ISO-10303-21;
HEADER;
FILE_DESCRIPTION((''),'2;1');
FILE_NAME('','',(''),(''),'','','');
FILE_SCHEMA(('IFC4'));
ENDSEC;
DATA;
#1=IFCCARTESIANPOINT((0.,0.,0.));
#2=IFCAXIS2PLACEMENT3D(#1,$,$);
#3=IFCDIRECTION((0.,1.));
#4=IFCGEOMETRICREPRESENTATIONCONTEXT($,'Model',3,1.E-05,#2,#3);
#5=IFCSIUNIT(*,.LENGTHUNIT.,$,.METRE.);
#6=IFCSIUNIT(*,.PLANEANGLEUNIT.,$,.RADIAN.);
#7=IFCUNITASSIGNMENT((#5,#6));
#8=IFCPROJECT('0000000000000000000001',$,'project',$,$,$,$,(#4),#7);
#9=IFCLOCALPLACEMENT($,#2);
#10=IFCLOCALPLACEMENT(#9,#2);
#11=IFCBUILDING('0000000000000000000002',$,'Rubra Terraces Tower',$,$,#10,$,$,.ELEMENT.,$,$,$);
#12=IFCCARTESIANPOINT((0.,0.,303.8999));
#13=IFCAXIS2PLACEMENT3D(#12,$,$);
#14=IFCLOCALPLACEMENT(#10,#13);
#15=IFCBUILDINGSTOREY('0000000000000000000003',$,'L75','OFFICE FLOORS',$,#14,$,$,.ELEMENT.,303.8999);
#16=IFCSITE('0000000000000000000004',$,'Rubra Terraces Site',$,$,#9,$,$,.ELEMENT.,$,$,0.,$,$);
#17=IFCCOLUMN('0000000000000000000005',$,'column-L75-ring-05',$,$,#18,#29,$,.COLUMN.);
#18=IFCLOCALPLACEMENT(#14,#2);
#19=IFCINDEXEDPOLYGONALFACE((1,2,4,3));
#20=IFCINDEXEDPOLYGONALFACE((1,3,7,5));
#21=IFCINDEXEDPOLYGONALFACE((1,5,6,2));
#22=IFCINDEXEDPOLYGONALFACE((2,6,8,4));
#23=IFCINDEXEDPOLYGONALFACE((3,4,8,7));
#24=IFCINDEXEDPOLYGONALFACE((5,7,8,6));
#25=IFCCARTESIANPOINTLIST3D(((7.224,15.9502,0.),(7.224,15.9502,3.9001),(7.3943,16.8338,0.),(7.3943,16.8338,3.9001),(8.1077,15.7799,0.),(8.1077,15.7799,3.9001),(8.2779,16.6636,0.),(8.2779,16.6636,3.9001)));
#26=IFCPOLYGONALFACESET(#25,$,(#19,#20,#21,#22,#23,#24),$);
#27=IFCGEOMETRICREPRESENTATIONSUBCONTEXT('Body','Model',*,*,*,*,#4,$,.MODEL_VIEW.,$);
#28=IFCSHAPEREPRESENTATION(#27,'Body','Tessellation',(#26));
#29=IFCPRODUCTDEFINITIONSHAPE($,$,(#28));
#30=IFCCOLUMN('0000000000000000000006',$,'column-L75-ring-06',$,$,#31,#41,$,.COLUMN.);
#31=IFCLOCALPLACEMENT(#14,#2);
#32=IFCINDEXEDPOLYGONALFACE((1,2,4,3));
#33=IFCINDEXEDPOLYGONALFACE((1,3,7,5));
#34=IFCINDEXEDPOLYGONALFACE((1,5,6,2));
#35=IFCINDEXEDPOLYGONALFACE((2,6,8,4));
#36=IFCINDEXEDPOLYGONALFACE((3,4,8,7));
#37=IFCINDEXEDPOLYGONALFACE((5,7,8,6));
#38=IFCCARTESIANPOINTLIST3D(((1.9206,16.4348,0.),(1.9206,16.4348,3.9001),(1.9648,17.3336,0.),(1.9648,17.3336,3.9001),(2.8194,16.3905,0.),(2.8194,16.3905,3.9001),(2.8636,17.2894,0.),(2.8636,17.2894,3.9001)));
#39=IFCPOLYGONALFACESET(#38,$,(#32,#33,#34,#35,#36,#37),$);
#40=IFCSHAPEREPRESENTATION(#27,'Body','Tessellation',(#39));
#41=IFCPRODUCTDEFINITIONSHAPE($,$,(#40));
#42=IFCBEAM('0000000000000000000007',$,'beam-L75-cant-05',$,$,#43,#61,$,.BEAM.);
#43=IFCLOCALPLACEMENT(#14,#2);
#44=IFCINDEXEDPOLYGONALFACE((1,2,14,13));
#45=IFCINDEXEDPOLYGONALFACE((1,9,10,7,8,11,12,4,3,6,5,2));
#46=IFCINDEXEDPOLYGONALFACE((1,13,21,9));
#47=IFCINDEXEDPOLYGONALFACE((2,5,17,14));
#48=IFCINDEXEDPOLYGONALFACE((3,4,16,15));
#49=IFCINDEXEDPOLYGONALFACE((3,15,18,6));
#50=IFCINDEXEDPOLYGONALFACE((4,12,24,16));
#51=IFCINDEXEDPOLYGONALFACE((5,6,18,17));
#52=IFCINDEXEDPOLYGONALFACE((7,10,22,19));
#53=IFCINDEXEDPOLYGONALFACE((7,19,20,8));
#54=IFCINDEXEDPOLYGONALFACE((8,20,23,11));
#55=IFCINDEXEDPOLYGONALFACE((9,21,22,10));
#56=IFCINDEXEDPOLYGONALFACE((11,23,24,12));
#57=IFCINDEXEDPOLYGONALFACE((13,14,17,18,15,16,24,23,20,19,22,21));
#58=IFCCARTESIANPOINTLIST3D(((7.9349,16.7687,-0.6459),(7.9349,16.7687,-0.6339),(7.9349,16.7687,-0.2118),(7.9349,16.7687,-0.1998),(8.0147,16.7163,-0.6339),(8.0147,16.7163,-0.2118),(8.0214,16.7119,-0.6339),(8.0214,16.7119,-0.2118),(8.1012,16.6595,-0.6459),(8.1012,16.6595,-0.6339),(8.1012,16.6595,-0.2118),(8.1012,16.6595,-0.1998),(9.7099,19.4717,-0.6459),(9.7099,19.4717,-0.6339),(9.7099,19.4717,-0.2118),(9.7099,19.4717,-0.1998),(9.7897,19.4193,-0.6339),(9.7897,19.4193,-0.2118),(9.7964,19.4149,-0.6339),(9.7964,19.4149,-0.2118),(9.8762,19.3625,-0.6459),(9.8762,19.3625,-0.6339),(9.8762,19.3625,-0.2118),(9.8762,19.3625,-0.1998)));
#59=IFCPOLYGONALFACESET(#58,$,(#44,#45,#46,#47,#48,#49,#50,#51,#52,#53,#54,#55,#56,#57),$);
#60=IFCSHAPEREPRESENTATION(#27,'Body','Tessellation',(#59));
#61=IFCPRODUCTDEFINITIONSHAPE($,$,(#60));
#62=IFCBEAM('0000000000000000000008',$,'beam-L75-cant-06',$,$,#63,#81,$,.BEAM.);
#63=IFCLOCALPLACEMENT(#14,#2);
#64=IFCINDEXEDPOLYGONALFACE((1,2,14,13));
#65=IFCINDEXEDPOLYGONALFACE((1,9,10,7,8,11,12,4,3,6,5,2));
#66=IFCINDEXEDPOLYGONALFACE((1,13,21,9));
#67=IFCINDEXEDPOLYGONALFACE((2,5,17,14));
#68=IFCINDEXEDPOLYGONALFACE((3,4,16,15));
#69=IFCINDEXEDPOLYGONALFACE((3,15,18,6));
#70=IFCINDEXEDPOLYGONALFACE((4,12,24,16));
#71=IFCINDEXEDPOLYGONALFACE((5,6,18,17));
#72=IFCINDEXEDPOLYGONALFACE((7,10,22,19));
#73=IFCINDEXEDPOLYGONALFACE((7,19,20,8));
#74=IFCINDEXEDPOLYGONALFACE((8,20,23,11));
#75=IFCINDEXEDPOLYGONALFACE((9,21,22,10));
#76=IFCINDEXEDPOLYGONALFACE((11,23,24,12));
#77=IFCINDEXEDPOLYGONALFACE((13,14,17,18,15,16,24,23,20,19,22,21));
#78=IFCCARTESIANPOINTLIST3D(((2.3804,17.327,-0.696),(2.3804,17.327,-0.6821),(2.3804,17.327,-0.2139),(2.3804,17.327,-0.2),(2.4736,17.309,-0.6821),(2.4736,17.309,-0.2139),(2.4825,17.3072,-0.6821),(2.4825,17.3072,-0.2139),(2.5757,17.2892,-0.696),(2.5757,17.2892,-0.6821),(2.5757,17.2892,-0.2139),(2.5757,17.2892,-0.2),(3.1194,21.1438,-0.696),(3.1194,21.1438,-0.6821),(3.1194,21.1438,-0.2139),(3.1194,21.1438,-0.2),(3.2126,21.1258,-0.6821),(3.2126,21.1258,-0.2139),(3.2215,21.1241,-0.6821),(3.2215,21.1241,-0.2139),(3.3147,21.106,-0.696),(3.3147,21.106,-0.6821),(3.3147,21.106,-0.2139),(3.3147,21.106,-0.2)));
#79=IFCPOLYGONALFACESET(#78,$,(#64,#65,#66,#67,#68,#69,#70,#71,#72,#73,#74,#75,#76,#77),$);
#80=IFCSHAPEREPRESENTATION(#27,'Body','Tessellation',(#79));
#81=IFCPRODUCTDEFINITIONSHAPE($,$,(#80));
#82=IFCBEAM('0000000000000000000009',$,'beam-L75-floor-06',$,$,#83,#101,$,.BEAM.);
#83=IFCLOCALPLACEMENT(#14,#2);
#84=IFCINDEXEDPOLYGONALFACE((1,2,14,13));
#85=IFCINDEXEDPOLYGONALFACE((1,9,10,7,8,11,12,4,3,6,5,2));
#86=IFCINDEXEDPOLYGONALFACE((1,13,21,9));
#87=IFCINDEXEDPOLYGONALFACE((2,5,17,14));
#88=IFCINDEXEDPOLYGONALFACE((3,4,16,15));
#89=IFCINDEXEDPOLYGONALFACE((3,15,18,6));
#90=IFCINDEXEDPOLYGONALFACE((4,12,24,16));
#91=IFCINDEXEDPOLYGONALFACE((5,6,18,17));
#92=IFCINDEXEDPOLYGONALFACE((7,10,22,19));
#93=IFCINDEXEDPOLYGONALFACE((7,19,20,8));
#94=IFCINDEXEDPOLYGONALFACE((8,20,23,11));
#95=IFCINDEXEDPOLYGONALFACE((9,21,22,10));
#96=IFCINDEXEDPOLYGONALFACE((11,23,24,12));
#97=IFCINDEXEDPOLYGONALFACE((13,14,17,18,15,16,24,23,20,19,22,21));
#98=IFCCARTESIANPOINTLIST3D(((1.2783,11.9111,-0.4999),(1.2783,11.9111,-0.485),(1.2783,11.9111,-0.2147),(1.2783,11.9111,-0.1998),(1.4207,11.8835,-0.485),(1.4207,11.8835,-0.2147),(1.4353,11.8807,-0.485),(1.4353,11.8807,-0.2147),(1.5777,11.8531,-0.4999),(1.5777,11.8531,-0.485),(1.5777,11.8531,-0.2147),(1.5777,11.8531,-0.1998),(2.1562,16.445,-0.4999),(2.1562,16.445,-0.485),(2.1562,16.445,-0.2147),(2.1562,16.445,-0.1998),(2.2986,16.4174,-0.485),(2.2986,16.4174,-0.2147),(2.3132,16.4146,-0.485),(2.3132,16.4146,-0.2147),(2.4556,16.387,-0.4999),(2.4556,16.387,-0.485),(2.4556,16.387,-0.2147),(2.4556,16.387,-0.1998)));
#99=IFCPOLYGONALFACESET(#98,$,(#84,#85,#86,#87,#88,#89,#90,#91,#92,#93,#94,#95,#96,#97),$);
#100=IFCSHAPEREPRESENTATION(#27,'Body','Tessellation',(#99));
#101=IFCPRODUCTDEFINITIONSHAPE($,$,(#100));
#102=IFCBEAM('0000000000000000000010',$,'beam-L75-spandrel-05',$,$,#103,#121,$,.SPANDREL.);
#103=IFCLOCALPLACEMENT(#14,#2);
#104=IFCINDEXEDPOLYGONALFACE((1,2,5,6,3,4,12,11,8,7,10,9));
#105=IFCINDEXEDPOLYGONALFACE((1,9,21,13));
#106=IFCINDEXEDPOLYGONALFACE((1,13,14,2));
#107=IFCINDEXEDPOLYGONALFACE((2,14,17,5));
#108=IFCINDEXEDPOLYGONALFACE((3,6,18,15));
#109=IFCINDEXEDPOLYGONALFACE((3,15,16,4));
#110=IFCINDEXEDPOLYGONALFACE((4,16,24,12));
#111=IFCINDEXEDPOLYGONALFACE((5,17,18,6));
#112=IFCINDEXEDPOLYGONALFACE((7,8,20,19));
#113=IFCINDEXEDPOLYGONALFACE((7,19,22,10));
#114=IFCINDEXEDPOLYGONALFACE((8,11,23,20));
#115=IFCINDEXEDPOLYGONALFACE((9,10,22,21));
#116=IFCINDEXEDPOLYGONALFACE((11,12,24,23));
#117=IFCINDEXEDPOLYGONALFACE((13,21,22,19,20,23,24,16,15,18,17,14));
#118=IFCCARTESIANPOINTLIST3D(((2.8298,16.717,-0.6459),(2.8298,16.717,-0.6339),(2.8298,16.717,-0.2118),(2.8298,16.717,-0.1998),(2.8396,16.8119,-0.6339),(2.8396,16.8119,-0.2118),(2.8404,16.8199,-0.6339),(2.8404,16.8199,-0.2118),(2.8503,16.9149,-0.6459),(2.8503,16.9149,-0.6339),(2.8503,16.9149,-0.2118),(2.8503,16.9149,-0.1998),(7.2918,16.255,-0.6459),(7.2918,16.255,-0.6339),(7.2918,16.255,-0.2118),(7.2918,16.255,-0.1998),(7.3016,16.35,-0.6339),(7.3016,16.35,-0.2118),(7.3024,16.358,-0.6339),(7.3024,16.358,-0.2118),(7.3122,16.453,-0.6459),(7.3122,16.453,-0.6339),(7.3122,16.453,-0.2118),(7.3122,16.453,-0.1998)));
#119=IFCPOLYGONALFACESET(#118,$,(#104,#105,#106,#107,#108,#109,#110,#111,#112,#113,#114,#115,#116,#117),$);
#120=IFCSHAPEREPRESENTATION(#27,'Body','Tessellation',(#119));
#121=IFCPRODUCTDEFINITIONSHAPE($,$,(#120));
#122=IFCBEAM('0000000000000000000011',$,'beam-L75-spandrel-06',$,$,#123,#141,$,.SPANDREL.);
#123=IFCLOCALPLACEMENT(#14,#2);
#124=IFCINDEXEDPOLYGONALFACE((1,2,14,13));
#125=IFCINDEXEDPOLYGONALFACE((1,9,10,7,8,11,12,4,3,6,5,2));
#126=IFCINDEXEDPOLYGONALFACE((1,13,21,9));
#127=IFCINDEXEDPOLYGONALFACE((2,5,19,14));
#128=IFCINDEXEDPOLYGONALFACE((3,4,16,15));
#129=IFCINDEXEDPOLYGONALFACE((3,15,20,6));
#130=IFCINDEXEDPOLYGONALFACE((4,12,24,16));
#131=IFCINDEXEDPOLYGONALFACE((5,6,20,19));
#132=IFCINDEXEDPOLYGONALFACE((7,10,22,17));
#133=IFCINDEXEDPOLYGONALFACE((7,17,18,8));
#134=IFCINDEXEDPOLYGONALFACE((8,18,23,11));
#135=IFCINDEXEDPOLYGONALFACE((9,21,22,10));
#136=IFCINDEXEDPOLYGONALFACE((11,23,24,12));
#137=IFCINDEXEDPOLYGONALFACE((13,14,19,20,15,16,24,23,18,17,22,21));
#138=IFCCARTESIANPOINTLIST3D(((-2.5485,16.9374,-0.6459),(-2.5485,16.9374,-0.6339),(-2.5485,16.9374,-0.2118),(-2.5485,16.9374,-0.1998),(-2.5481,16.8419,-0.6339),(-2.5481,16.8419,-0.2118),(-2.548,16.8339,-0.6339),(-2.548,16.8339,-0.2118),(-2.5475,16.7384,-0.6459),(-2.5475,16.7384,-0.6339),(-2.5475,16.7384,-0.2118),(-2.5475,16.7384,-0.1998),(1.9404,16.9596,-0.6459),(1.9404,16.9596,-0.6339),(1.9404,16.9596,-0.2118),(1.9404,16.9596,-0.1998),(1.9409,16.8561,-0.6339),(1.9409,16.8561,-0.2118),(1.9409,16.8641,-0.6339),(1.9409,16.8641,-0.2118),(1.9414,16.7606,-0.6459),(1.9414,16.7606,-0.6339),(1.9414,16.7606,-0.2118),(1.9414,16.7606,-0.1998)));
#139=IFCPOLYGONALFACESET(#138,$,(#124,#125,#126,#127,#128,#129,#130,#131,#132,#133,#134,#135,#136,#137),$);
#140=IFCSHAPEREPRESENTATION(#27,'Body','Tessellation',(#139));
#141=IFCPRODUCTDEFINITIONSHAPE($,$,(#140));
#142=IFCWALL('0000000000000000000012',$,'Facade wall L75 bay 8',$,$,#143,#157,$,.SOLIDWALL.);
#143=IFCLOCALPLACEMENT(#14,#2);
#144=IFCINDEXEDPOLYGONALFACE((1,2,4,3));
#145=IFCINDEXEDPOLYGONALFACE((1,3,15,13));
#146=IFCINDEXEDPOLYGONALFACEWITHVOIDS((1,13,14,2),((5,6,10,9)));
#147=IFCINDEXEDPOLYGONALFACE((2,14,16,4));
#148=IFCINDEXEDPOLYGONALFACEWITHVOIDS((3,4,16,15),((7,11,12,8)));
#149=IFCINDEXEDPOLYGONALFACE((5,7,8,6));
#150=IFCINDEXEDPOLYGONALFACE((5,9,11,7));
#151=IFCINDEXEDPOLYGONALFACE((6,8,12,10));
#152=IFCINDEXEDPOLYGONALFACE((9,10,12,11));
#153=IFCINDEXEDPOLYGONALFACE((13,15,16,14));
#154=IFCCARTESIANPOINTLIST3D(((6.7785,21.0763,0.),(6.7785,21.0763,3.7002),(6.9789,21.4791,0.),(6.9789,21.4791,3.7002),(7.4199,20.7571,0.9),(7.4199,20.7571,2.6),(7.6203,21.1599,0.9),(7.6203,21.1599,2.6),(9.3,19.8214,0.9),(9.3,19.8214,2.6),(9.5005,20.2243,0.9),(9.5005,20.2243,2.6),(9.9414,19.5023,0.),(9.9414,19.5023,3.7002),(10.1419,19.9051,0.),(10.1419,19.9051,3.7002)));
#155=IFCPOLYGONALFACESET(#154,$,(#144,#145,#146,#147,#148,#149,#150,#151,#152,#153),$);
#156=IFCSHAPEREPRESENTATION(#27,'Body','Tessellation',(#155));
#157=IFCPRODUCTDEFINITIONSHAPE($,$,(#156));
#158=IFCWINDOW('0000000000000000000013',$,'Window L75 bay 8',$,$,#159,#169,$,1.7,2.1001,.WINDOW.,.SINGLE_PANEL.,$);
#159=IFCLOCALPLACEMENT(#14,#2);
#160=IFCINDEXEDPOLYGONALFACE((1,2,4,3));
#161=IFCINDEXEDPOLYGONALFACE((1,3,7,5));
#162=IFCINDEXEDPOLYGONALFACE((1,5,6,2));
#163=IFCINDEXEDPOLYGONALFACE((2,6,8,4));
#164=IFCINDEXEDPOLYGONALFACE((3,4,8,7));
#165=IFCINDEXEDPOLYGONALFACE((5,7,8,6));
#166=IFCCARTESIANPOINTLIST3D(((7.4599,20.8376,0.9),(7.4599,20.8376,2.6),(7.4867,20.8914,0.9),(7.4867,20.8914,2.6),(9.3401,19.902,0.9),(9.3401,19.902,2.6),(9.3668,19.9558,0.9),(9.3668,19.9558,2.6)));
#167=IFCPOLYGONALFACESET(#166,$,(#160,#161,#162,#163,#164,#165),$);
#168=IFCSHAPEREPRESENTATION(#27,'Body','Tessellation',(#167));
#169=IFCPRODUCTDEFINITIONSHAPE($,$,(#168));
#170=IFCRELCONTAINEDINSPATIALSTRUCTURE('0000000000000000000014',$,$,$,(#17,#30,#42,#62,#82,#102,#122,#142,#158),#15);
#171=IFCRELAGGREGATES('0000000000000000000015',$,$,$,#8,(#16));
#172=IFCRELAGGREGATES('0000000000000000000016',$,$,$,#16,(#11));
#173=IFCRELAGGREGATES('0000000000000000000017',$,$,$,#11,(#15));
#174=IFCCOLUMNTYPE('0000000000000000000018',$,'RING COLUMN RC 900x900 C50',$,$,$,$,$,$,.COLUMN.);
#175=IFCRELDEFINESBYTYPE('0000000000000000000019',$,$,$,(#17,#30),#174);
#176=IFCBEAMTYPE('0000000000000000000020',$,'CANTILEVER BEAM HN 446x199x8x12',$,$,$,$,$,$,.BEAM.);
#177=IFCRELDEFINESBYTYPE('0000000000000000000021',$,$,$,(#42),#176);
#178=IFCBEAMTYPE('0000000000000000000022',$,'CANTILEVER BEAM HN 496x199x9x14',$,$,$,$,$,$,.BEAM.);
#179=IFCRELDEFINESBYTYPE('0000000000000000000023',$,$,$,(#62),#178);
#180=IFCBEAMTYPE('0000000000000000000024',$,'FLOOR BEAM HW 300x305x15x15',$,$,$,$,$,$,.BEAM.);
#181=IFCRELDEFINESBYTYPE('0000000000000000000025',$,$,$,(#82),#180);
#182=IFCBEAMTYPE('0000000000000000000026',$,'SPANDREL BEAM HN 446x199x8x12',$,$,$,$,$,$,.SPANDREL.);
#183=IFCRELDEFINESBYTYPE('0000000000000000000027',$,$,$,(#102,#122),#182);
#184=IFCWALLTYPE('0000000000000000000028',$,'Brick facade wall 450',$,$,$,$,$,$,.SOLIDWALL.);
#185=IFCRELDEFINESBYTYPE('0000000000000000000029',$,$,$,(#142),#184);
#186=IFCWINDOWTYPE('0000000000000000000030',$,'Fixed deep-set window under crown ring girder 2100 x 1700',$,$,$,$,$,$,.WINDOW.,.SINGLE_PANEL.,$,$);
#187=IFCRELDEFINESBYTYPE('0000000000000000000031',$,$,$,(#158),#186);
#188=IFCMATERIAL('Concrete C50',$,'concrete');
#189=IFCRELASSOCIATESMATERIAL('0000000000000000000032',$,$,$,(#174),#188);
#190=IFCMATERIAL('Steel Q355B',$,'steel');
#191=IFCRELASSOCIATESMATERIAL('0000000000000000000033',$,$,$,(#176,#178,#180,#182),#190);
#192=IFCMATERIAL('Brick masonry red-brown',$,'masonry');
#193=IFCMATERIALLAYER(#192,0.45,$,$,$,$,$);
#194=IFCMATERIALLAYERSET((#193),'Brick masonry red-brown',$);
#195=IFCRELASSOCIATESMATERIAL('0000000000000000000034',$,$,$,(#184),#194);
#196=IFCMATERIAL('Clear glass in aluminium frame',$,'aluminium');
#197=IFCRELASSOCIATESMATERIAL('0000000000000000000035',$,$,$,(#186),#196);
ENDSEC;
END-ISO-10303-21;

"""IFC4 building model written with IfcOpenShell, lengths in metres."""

from ifc_helpers import new_model, si_unit, direction, frame, frame_2d, origin, origin_2d, place, context, subcontext, project, spatial, rectangle, i_section, extrude, material, layer, layer_set, material_profile, profile_set, type_object, element, fill, save


model = new_model("IFC4")

# Units and contexts
model_context = context("Model", 3, precision=1e-05, world=origin(), true_north=direction((0.0, 1.0)))
body_context = subcontext(model_context, "Body", "Model", "MODEL_VIEW")
ifc_project = project(units=[si_unit("LENGTHUNIT", "METRE"), si_unit("PLANEANGLEUNIT", "RADIAN")], contexts=[model_context])

# Site, building, storey
site_placement = place(None, origin())
site = spatial("IfcSite", under=ifc_project, at=site_placement, Name="Rubra Terraces Site", CompositionType="ELEMENT", RefElevation=0.0)
building_placement = place(site_placement, origin())
building = spatial("IfcBuilding", under=site, at=building_placement, Name="Rubra Terraces Tower", CompositionType="ELEMENT")
storey_placement = place(building_placement, frame((0.0, 0.0, 303.8999)))
storey = spatial("IfcBuildingStorey", under=building, at=storey_placement, Name="L75", Description="OFFICE FLOORS", CompositionType="ELEMENT", Elevation=303.8999)

# Columns
ifc_material_1 = material(Name="Concrete C50", Category="concrete")
ifc_material_profile_1 = material_profile(ifc_material_1, rectangle(XDim=0.8999, YDim=0.8999, at=origin_2d()), Name="RC 900x900")
ifc_profile_set_1 = profile_set([ifc_material_profile_1], Name="Concrete C50")
column_type = type_object("IfcColumnType", Name="RING COLUMN RC 900x900 C50", PredefinedType="COLUMN", material=ifc_profile_set_1)
for number, where, z_axis, x_axis, name in (
    (1, (7.751, 16.3069, 0.0), (0.0, 0.0, 1.0), (-0.981937, 0.18921, 0.0), "column-L75-ring-05"),
    (2, (2.3921, 16.8621, 0.0), (0.0, 0.0, 1.0), (-0.998791, 0.04915, 0.0), "column-L75-ring-06"),
):
    element("IfcColumn", number, at=place(storey_placement, frame(where, z_axis=z_axis, x_axis=x_axis)), inside=storey, type_object=column_type, Name=name, PredefinedType="COLUMN", context=body_context, shape_type="SweptSolid", body=[
        extrude(rectangle(XDim=0.8999, YDim=0.8999, at=origin_2d()), origin(), (0.0, 0.0, 1.0), 3.9001),
    ])

# Beams
ifc_material_2 = material(Name="Steel Q355B", Category="steel")
ifc_material_profile_2 = material_profile(ifc_material_2, i_section(OverallWidth=0.199, OverallDepth=0.446, WebThickness=0.0081, FlangeThickness=0.012, at=origin_2d()), Name="HN 446x199x8x12")
ifc_profile_set_2 = profile_set([ifc_material_profile_2], Name="Steel Q355B")
beam_type_1 = type_object("IfcBeamType", Name="CANTILEVER BEAM HN 446x199x8x12", PredefinedType="BEAM", material=ifc_profile_set_2)
beam_1_placement = place(storey_placement, frame((8.0181, 16.7141, -0.4229), z_axis=(0.548902, 0.835887, 0.0), x_axis=(-0.835887, 0.548902, 0.0)))
element("IfcBeam", 3, at=beam_1_placement, inside=storey, type_object=beam_type_1, Name="beam-L75-cant-05", PredefinedType="BEAM", context=body_context, shape_type="SweptSolid", body=[
    extrude(i_section(OverallWidth=0.199, OverallDepth=0.446, WebThickness=0.0081, FlangeThickness=0.012, at=origin_2d()), origin(), (0.0, 0.0, 1.0), 3.2336),
])
ifc_material_profile_3 = material_profile(ifc_material_2, i_section(OverallWidth=0.199, OverallDepth=0.4961, WebThickness=0.009, FlangeThickness=0.0139, at=origin_2d()), Name="HN 496x199x9x14")
ifc_profile_set_3 = profile_set([ifc_material_profile_3], Name="Steel Q355B")
beam_type_2 = type_object("IfcBeamType", Name="CANTILEVER BEAM HN 496x199x9x14", PredefinedType="BEAM", material=ifc_profile_set_3)
beam_2_placement = place(storey_placement, frame((2.478, 17.3081, -0.448), z_axis=(0.190086, 0.981767, 0.0), x_axis=(-0.981767, 0.190086, 0.0)))
element("IfcBeam", 4, at=beam_2_placement, inside=storey, type_object=beam_type_2, Name="beam-L75-cant-06", PredefinedType="BEAM", context=body_context, shape_type="SweptSolid", body=[
    extrude(i_section(OverallWidth=0.199, OverallDepth=0.4961, WebThickness=0.009, FlangeThickness=0.0139, at=origin_2d()), origin(), (0.0, 0.0, 1.0), 3.8877),
])
ifc_material_profile_4 = material_profile(ifc_material_2, i_section(OverallWidth=0.3049, OverallDepth=0.3, WebThickness=0.0149, FlangeThickness=0.0149, at=origin_2d()), Name="HW 300x305x15x15")
ifc_profile_set_4 = profile_set([ifc_material_profile_4], Name="Steel Q355B")
beam_type_3 = type_object("IfcBeamType", Name="FLOOR BEAM HW 300x305x15x15", PredefinedType="BEAM", material=ifc_profile_set_4)
beam_3_placement = place(storey_placement, frame((2.3059, 16.416, -0.3499), z_axis=(-0.190104, -0.981764, 0.0), x_axis=(0.981764, -0.190104, 0.0)))
element("IfcBeam", 5, at=beam_3_placement, inside=storey, type_object=beam_type_3, Name="beam-L75-floor-06", PredefinedType="BEAM", context=body_context, shape_type="SweptSolid", body=[
    extrude(i_section(OverallWidth=0.3049, OverallDepth=0.3, WebThickness=0.0149, FlangeThickness=0.0149, at=origin_2d()), origin(), (0.0, 0.0, 1.0), 4.6182),
])
ifc_material_profile_5 = material_profile(ifc_material_2, i_section(OverallWidth=0.199, OverallDepth=0.446, WebThickness=0.0081, FlangeThickness=0.012, at=origin_2d()), Name="HN 446x199x8x12")
ifc_profile_set_5 = profile_set([ifc_material_profile_5], Name="Steel Q355B")
beam_type_4 = type_object("IfcBeamType", Name="SPANDREL BEAM HN 446x199x8x12", PredefinedType="SPANDREL", material=ifc_profile_set_5)
beam_4_placement = place(storey_placement, frame((7.302, 16.354, -0.4229), z_axis=(-0.994684, 0.102973, 0.0), x_axis=(-0.102973, -0.994684, 0.0)))
element("IfcBeam", 6, at=beam_4_placement, inside=storey, type_object=beam_type_4, Name="beam-L75-spandrel-05", PredefinedType="SPANDREL", context=body_context, shape_type="SweptSolid", body=[
    extrude(i_section(OverallWidth=0.199, OverallDepth=0.446, WebThickness=0.0081, FlangeThickness=0.012, at=origin_2d()), origin(), (0.0, 0.0, 1.0), 4.4858),
])
beam_5_placement = place(storey_placement, frame((1.9409, 16.8601, -0.4229), z_axis=(-0.999988, -0.004949, 0.0), x_axis=(0.004949, -0.999988, 0.0)))
element("IfcBeam", 7, at=beam_5_placement, inside=storey, type_object=beam_type_4, Name="beam-L75-spandrel-06", PredefinedType="SPANDREL", context=body_context, shape_type="SweptSolid", body=[
    extrude(i_section(OverallWidth=0.199, OverallDepth=0.446, WebThickness=0.0081, FlangeThickness=0.012, at=origin_2d()), origin(), (0.0, 0.0, 1.0), 4.489),
])

# Wall, opening, window
ifc_material_3 = material(Name="Brick masonry red-brown", Category="masonry")
ifc_layer_1 = layer(ifc_material_3, 0.45)
ifc_layer_set_1 = layer_set([ifc_layer_1], Name="Brick masonry red-brown")
wall_type_1 = type_object("IfcWallType", Name="Brick facade wall 450", PredefinedType="SOLIDWALL", material=ifc_layer_set_1)
wall_1_placement = place(storey_placement, frame((10.0417, 19.7036, 0.0), z_axis=(0.0, 0.0, 1.0), x_axis=(-0.895269, 0.445527, 0.0)))
wall_1 = element("IfcWall", 8, at=wall_1_placement, inside=storey, type_object=wall_type_1, Name="Facade wall L75 bay 8", PredefinedType="SOLIDWALL", context=body_context, shape_type="SweptSolid", body=[
    extrude(rectangle(XDim=3.533, YDim=0.45, at=frame_2d((1.7666, 0.0))), origin(), (0.0, 0.0, 1.0), 3.7002),
])
opening_1_placement = place(wall_1_placement, frame((0.7166, 0.0, 0.8999)))
opening_1 = element("IfcOpeningElement", 9, at=opening_1_placement, cuts=wall_1, PredefinedType="OPENING", context=body_context, shape_type="SweptSolid", body=[
    extrude(rectangle(XDim=2.1001, YDim=1.7, at=frame_2d((1.05, 0.8501))), frame((0.0, 0.2349, 0.0), z_axis=(0.0, -1.0, 0.0), x_axis=(1.0, 0.0, 0.0)), (0.0, 0.0, 1.0), 0.47),
])
ifc_material_4 = material(Name="Clear glass in aluminium frame", Category="aluminium")
window_type = type_object("IfcWindowType", Name="Fixed deep-set window under crown ring girder 2100 x 1700", PartitioningType="SINGLE_PANEL", PredefinedType="WINDOW", material=ifc_material_4)
window_1_placement = place(opening_1_placement, origin())
window_1 = element("IfcWindow", 10, at=window_1_placement, inside=storey, type_object=window_type, Name="Window L75 bay 8", OverallHeight=1.7, OverallWidth=2.1001, PartitioningType="SINGLE_PANEL", PredefinedType="WINDOW", context=body_context, shape_type="SweptSolid", body=[
    extrude(rectangle(XDim=2.1001, YDim=1.7, at=frame_2d((1.05, 0.8501))), frame((0.0, 0.135, 0.0), z_axis=(0.0, -1.0, 0.0), x_axis=(1.0, 0.0, 0.0)), (0.0, 0.0, 1.0), 0.0601),
])
fill(opening_1, window_1)

save(model, "model.ifc")
